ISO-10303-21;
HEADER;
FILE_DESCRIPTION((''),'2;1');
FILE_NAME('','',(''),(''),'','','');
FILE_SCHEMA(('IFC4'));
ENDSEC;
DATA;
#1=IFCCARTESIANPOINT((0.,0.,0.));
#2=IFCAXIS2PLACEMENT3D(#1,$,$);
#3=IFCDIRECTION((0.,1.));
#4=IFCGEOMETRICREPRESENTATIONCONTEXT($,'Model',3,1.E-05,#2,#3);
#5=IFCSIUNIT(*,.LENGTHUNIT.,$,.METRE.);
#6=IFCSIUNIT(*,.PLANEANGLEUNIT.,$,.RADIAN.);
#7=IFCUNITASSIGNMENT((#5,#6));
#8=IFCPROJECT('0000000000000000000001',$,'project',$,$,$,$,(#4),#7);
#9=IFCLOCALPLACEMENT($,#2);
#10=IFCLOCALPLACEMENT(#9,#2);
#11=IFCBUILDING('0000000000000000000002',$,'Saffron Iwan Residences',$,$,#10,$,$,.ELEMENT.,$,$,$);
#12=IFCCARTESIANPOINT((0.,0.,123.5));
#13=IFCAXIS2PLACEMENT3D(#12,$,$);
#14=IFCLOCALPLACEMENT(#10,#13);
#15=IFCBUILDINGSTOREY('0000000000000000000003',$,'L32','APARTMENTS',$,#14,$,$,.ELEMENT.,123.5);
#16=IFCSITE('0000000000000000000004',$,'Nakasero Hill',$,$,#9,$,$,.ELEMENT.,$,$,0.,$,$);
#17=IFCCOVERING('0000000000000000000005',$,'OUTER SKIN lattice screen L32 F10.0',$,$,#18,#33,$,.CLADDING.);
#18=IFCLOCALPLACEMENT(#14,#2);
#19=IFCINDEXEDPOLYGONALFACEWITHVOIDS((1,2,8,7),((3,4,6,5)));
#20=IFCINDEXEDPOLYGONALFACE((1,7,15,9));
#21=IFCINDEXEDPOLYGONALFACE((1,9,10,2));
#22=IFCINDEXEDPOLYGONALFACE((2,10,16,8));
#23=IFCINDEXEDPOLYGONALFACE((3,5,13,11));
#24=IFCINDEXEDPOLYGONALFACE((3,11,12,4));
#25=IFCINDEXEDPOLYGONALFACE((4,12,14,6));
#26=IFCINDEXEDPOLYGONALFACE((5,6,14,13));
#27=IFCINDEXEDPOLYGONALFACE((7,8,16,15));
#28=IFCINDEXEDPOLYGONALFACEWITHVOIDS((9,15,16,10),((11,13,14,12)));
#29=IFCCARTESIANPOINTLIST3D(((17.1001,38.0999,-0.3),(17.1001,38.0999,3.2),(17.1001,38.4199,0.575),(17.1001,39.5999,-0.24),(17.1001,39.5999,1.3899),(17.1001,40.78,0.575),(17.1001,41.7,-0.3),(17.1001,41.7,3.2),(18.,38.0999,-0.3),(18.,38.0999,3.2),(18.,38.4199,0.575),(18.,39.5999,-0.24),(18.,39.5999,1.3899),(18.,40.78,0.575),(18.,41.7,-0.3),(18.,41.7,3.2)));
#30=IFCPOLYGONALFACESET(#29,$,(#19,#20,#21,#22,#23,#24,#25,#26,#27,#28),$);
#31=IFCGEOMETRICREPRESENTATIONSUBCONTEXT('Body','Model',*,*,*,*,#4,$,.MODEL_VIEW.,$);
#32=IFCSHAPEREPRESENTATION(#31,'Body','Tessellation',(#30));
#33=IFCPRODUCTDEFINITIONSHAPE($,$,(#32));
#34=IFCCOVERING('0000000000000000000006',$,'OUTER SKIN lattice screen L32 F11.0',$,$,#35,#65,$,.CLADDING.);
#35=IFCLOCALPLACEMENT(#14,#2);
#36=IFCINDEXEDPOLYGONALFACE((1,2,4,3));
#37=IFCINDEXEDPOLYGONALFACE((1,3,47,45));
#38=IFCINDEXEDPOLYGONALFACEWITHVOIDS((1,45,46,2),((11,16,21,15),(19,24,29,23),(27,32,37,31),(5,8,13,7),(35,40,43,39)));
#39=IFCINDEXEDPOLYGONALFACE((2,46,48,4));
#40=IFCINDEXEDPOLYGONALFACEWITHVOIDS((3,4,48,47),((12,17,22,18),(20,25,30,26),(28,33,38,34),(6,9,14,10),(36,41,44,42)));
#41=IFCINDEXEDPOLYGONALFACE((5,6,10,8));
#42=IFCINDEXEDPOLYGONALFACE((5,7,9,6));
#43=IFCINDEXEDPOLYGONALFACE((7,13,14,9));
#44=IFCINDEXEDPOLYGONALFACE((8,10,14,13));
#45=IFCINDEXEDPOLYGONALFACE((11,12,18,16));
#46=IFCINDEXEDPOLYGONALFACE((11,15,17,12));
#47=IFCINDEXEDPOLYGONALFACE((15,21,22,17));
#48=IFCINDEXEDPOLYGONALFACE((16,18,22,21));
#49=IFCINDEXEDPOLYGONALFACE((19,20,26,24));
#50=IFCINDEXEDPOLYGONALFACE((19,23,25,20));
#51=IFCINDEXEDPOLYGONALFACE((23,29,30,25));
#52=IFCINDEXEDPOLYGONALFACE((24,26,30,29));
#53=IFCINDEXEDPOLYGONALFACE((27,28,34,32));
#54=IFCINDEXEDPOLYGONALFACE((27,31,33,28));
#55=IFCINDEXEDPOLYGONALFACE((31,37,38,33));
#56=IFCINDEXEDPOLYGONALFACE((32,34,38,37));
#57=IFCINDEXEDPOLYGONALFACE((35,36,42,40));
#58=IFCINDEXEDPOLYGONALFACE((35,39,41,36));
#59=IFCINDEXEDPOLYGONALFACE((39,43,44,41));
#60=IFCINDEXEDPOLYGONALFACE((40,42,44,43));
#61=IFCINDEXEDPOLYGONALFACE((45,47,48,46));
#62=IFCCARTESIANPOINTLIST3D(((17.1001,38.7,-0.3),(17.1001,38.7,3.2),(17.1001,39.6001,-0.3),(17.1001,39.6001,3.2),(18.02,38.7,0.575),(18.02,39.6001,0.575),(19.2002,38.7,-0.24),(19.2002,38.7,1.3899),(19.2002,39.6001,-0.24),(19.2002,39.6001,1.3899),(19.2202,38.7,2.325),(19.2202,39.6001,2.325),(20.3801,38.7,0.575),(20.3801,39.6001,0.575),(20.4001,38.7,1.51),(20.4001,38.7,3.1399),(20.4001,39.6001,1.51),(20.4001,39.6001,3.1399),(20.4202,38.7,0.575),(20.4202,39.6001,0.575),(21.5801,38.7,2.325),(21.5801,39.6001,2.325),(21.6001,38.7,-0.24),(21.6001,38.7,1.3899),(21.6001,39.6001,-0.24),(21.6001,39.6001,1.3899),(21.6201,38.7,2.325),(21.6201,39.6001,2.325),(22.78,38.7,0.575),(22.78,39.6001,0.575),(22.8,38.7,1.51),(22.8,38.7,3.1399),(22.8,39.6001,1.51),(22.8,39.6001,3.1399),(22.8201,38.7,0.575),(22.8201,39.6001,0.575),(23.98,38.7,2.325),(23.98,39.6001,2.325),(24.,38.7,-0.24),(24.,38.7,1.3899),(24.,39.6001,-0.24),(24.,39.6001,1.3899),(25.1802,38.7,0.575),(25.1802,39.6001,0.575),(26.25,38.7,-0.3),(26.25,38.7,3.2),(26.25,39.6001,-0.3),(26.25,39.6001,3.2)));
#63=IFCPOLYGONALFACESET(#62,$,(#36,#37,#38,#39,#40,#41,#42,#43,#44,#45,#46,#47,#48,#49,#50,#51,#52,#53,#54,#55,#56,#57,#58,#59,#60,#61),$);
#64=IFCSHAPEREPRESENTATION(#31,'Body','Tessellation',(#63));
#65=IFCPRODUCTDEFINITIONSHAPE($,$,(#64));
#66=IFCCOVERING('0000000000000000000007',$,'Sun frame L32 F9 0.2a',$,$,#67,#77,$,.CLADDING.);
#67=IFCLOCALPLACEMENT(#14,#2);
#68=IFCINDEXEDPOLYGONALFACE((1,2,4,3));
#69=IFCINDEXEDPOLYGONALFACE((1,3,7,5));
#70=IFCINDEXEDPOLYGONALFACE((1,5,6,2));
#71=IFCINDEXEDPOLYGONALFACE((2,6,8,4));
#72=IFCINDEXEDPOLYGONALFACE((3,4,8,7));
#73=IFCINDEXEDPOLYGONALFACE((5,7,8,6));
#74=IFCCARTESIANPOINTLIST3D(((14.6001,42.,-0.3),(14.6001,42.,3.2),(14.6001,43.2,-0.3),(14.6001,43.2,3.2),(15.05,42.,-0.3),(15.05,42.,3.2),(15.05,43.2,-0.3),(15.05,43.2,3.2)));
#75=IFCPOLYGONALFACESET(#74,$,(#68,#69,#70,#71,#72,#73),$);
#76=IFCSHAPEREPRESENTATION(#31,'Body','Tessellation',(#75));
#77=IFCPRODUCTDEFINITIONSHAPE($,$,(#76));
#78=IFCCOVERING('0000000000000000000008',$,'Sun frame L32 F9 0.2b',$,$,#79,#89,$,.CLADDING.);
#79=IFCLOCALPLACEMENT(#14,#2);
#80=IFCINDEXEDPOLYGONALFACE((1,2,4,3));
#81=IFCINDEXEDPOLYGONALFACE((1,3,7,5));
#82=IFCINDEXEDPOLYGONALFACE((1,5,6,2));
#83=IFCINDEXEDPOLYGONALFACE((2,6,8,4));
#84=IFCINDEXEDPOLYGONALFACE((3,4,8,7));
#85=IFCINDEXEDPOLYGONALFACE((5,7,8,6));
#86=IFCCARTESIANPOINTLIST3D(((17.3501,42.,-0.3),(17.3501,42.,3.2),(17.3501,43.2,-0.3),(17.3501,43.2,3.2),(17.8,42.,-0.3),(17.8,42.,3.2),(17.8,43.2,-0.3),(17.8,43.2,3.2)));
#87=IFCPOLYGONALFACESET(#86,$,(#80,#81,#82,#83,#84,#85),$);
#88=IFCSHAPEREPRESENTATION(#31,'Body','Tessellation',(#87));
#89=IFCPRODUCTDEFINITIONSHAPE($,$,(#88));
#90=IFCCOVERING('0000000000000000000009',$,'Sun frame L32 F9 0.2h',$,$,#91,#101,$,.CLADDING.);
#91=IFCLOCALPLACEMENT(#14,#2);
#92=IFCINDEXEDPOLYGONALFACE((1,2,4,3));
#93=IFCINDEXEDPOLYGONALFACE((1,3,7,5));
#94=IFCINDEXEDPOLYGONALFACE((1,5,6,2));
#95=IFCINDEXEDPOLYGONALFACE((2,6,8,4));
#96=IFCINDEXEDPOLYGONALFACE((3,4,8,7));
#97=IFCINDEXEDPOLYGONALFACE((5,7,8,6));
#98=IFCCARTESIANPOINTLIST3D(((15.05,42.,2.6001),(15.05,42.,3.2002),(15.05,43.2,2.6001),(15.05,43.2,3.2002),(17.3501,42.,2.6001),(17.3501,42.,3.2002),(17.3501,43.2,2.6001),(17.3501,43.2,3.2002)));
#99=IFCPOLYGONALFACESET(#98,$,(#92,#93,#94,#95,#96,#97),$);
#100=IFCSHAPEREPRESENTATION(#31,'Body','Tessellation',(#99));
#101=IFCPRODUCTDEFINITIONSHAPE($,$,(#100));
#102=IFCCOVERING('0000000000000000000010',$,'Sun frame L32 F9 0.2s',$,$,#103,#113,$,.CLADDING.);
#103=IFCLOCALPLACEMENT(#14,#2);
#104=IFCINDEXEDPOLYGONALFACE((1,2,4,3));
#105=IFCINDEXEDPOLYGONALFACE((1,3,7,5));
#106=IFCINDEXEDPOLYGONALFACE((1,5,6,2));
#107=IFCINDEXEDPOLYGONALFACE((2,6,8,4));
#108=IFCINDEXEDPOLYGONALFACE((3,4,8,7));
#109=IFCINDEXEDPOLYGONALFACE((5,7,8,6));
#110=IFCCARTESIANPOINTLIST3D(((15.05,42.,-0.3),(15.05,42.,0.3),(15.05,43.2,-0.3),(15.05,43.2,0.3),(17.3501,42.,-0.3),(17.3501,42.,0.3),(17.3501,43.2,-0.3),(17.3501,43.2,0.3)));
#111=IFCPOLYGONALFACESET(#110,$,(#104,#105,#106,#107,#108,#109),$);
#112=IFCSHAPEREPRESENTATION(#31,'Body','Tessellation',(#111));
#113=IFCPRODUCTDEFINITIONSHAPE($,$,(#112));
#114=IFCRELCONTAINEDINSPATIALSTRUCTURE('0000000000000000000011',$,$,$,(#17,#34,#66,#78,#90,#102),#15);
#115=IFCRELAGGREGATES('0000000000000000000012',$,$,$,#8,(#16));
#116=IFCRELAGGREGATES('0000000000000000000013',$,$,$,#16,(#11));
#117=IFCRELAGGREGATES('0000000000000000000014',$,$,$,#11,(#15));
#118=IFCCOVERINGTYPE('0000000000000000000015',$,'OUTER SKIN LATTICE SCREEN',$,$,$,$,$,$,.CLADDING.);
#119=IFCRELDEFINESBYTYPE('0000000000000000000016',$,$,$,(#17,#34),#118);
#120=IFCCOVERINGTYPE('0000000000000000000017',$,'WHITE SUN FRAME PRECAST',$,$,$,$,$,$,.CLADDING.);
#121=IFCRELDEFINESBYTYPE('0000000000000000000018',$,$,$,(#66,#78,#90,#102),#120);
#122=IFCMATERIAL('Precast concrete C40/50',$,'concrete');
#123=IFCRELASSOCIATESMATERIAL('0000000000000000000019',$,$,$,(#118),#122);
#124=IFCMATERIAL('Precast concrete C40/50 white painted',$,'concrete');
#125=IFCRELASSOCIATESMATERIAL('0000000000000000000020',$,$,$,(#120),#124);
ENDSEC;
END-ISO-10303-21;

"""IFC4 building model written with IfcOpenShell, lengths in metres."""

from ifc_helpers import new_model, si_unit, direction, frame, origin, place, context, subcontext, project, spatial, polyline, outline, extrude, material, type_object, element, save


model = new_model("IFC4")

# Units and contexts
model_context = context("Model", 3, precision=1e-05, world=origin(), true_north=direction((0.0, 1.0)))
body_context = subcontext(model_context, "Body", "Model", "MODEL_VIEW")
ifc_project = project(units=[si_unit("LENGTHUNIT", "METRE"), si_unit("PLANEANGLEUNIT", "RADIAN")], contexts=[model_context])

# Site, building, storey
site_placement = place(None, origin())
site = spatial("IfcSite", under=ifc_project, at=site_placement, Name="Nakasero Hill", CompositionType="ELEMENT", RefElevation=0.0)
building_placement = place(site_placement, origin())
building = spatial("IfcBuilding", under=site, at=building_placement, Name="Saffron Iwan Residences", CompositionType="ELEMENT")
storey_placement = place(building_placement, frame((0.0, 0.0, 123.5)))
storey = spatial("IfcBuildingStorey", under=building, at=storey_placement, Name="L32", Description="APARTMENTS", CompositionType="ELEMENT", Elevation=123.5)

# Coverings
ifc_material_1 = material(Name="Precast concrete C40/50", Category="concrete")
covering_type_1 = type_object("IfcCoveringType", Name="OUTER SKIN LATTICE SCREEN", PredefinedType="CLADDING", material=ifc_material_1)
covering_1_placement = place(storey_placement, frame((18.0, 41.7, -0.3), z_axis=(-1.0, 0.0, 0.0), x_axis=(0.0, -1.0, 0.0)))
element("IfcCovering", 1, at=covering_1_placement, inside=storey, type_object=covering_type_1, Name="OUTER SKIN lattice screen L32 F10.0", PredefinedType="CLADDING", context=body_context, shape_type="SweptSolid", body=[
    extrude(outline(polyline([(0.0, 0.0), (3.6001, 0.0), (3.6001, 3.5), (0.0, 3.5), (0.0, 0.0)]), holes=[polyline([(0.9199, 0.875), (2.1001, 0.0601), (3.28, 0.875), (2.1001, 1.6899), (0.9199, 0.875)])]), origin(), (0.0, 0.0, 1.0), 0.8999),
])
covering_2_placement = place(storey_placement, frame((17.1001, 39.6001, -0.3), z_axis=(0.0, -1.0, 0.0), x_axis=(1.0, 0.0, 0.0)))
element("IfcCovering", 2, at=covering_2_placement, inside=storey, type_object=covering_type_1, Name="OUTER SKIN lattice screen L32 F11.0", PredefinedType="CLADDING", context=body_context, shape_type="SweptSolid", body=[
    extrude(outline(polyline([(0.0, 0.0), (9.1499, 0.0), (9.1499, 3.5), (0.0, 3.5), (0.0, 0.0)]), holes=[polyline([(0.9199, 0.875), (2.1001, 0.0601), (3.28, 0.875), (2.1001, 1.6899), (0.9199, 0.875)]), polyline([(3.3201, 0.875), (4.5, 0.0601), (5.6799, 0.875), (4.5, 1.6899), (3.3201, 0.875)]), polyline([(5.72, 0.875), (6.8999, 0.0601), (8.0801, 0.875), (6.8999, 1.6899), (5.72, 0.875)]), polyline([(2.1201, 2.625), (3.3, 1.8101), (4.48, 2.625), (3.3, 3.4399), (2.1201, 2.625)]), polyline([(4.52, 2.625), (5.7, 1.8101), (6.8799, 2.625), (5.7, 3.4399), (4.52, 2.625)])]), origin(), (0.0, 0.0, 1.0), 0.9001),
])
ifc_material_2 = material(Name="Precast concrete C40/50 white painted", Category="concrete")
covering_type_2 = type_object("IfcCoveringType", Name="WHITE SUN FRAME PRECAST", PredefinedType="CLADDING", material=ifc_material_2)
for number, where, z_axis, x_axis, name in (
    (3, (14.6001, 43.2, -0.3), (0.0, -1.0, 0.0), (1.0, 0.0, 0.0), "Sun frame L32 F9 0.2a"),
    (4, (17.3501, 43.2, -0.3), (0.0, -1.0, 0.0), (1.0, 0.0, 0.0), "Sun frame L32 F9 0.2b"),
):
    element("IfcCovering", number, at=place(storey_placement, frame(where, z_axis=z_axis, x_axis=x_axis)), inside=storey, type_object=covering_type_2, Name=name, PredefinedType="CLADDING", context=body_context, shape_type="SweptSolid", body=[
        extrude(outline(polyline([(0.0, 0.0), (0.45, 0.0), (0.45, 3.5), (0.0, 3.5), (0.0, 0.0)])), origin(), (0.0, 0.0, 1.0), 1.2),
    ])
for number, where, z_axis, x_axis, name in (
    (5, (15.05, 43.2, 2.6001), (0.0, -1.0, 0.0), (1.0, 0.0, 0.0), "Sun frame L32 F9 0.2h"),
    (6, (15.05, 43.2, -0.3), (0.0, -1.0, 0.0), (1.0, 0.0, 0.0), "Sun frame L32 F9 0.2s"),
):
    element("IfcCovering", number, at=place(storey_placement, frame(where, z_axis=z_axis, x_axis=x_axis)), inside=storey, type_object=covering_type_2, Name=name, PredefinedType="CLADDING", context=body_context, shape_type="SweptSolid", body=[
        extrude(outline(polyline([(0.0, 0.0), (2.3, 0.0), (2.3, 0.6001), (0.0, 0.6001), (0.0, 0.0)])), origin(), (0.0, 0.0, 1.0), 1.2),
    ])

save(model, "model.ifc")
